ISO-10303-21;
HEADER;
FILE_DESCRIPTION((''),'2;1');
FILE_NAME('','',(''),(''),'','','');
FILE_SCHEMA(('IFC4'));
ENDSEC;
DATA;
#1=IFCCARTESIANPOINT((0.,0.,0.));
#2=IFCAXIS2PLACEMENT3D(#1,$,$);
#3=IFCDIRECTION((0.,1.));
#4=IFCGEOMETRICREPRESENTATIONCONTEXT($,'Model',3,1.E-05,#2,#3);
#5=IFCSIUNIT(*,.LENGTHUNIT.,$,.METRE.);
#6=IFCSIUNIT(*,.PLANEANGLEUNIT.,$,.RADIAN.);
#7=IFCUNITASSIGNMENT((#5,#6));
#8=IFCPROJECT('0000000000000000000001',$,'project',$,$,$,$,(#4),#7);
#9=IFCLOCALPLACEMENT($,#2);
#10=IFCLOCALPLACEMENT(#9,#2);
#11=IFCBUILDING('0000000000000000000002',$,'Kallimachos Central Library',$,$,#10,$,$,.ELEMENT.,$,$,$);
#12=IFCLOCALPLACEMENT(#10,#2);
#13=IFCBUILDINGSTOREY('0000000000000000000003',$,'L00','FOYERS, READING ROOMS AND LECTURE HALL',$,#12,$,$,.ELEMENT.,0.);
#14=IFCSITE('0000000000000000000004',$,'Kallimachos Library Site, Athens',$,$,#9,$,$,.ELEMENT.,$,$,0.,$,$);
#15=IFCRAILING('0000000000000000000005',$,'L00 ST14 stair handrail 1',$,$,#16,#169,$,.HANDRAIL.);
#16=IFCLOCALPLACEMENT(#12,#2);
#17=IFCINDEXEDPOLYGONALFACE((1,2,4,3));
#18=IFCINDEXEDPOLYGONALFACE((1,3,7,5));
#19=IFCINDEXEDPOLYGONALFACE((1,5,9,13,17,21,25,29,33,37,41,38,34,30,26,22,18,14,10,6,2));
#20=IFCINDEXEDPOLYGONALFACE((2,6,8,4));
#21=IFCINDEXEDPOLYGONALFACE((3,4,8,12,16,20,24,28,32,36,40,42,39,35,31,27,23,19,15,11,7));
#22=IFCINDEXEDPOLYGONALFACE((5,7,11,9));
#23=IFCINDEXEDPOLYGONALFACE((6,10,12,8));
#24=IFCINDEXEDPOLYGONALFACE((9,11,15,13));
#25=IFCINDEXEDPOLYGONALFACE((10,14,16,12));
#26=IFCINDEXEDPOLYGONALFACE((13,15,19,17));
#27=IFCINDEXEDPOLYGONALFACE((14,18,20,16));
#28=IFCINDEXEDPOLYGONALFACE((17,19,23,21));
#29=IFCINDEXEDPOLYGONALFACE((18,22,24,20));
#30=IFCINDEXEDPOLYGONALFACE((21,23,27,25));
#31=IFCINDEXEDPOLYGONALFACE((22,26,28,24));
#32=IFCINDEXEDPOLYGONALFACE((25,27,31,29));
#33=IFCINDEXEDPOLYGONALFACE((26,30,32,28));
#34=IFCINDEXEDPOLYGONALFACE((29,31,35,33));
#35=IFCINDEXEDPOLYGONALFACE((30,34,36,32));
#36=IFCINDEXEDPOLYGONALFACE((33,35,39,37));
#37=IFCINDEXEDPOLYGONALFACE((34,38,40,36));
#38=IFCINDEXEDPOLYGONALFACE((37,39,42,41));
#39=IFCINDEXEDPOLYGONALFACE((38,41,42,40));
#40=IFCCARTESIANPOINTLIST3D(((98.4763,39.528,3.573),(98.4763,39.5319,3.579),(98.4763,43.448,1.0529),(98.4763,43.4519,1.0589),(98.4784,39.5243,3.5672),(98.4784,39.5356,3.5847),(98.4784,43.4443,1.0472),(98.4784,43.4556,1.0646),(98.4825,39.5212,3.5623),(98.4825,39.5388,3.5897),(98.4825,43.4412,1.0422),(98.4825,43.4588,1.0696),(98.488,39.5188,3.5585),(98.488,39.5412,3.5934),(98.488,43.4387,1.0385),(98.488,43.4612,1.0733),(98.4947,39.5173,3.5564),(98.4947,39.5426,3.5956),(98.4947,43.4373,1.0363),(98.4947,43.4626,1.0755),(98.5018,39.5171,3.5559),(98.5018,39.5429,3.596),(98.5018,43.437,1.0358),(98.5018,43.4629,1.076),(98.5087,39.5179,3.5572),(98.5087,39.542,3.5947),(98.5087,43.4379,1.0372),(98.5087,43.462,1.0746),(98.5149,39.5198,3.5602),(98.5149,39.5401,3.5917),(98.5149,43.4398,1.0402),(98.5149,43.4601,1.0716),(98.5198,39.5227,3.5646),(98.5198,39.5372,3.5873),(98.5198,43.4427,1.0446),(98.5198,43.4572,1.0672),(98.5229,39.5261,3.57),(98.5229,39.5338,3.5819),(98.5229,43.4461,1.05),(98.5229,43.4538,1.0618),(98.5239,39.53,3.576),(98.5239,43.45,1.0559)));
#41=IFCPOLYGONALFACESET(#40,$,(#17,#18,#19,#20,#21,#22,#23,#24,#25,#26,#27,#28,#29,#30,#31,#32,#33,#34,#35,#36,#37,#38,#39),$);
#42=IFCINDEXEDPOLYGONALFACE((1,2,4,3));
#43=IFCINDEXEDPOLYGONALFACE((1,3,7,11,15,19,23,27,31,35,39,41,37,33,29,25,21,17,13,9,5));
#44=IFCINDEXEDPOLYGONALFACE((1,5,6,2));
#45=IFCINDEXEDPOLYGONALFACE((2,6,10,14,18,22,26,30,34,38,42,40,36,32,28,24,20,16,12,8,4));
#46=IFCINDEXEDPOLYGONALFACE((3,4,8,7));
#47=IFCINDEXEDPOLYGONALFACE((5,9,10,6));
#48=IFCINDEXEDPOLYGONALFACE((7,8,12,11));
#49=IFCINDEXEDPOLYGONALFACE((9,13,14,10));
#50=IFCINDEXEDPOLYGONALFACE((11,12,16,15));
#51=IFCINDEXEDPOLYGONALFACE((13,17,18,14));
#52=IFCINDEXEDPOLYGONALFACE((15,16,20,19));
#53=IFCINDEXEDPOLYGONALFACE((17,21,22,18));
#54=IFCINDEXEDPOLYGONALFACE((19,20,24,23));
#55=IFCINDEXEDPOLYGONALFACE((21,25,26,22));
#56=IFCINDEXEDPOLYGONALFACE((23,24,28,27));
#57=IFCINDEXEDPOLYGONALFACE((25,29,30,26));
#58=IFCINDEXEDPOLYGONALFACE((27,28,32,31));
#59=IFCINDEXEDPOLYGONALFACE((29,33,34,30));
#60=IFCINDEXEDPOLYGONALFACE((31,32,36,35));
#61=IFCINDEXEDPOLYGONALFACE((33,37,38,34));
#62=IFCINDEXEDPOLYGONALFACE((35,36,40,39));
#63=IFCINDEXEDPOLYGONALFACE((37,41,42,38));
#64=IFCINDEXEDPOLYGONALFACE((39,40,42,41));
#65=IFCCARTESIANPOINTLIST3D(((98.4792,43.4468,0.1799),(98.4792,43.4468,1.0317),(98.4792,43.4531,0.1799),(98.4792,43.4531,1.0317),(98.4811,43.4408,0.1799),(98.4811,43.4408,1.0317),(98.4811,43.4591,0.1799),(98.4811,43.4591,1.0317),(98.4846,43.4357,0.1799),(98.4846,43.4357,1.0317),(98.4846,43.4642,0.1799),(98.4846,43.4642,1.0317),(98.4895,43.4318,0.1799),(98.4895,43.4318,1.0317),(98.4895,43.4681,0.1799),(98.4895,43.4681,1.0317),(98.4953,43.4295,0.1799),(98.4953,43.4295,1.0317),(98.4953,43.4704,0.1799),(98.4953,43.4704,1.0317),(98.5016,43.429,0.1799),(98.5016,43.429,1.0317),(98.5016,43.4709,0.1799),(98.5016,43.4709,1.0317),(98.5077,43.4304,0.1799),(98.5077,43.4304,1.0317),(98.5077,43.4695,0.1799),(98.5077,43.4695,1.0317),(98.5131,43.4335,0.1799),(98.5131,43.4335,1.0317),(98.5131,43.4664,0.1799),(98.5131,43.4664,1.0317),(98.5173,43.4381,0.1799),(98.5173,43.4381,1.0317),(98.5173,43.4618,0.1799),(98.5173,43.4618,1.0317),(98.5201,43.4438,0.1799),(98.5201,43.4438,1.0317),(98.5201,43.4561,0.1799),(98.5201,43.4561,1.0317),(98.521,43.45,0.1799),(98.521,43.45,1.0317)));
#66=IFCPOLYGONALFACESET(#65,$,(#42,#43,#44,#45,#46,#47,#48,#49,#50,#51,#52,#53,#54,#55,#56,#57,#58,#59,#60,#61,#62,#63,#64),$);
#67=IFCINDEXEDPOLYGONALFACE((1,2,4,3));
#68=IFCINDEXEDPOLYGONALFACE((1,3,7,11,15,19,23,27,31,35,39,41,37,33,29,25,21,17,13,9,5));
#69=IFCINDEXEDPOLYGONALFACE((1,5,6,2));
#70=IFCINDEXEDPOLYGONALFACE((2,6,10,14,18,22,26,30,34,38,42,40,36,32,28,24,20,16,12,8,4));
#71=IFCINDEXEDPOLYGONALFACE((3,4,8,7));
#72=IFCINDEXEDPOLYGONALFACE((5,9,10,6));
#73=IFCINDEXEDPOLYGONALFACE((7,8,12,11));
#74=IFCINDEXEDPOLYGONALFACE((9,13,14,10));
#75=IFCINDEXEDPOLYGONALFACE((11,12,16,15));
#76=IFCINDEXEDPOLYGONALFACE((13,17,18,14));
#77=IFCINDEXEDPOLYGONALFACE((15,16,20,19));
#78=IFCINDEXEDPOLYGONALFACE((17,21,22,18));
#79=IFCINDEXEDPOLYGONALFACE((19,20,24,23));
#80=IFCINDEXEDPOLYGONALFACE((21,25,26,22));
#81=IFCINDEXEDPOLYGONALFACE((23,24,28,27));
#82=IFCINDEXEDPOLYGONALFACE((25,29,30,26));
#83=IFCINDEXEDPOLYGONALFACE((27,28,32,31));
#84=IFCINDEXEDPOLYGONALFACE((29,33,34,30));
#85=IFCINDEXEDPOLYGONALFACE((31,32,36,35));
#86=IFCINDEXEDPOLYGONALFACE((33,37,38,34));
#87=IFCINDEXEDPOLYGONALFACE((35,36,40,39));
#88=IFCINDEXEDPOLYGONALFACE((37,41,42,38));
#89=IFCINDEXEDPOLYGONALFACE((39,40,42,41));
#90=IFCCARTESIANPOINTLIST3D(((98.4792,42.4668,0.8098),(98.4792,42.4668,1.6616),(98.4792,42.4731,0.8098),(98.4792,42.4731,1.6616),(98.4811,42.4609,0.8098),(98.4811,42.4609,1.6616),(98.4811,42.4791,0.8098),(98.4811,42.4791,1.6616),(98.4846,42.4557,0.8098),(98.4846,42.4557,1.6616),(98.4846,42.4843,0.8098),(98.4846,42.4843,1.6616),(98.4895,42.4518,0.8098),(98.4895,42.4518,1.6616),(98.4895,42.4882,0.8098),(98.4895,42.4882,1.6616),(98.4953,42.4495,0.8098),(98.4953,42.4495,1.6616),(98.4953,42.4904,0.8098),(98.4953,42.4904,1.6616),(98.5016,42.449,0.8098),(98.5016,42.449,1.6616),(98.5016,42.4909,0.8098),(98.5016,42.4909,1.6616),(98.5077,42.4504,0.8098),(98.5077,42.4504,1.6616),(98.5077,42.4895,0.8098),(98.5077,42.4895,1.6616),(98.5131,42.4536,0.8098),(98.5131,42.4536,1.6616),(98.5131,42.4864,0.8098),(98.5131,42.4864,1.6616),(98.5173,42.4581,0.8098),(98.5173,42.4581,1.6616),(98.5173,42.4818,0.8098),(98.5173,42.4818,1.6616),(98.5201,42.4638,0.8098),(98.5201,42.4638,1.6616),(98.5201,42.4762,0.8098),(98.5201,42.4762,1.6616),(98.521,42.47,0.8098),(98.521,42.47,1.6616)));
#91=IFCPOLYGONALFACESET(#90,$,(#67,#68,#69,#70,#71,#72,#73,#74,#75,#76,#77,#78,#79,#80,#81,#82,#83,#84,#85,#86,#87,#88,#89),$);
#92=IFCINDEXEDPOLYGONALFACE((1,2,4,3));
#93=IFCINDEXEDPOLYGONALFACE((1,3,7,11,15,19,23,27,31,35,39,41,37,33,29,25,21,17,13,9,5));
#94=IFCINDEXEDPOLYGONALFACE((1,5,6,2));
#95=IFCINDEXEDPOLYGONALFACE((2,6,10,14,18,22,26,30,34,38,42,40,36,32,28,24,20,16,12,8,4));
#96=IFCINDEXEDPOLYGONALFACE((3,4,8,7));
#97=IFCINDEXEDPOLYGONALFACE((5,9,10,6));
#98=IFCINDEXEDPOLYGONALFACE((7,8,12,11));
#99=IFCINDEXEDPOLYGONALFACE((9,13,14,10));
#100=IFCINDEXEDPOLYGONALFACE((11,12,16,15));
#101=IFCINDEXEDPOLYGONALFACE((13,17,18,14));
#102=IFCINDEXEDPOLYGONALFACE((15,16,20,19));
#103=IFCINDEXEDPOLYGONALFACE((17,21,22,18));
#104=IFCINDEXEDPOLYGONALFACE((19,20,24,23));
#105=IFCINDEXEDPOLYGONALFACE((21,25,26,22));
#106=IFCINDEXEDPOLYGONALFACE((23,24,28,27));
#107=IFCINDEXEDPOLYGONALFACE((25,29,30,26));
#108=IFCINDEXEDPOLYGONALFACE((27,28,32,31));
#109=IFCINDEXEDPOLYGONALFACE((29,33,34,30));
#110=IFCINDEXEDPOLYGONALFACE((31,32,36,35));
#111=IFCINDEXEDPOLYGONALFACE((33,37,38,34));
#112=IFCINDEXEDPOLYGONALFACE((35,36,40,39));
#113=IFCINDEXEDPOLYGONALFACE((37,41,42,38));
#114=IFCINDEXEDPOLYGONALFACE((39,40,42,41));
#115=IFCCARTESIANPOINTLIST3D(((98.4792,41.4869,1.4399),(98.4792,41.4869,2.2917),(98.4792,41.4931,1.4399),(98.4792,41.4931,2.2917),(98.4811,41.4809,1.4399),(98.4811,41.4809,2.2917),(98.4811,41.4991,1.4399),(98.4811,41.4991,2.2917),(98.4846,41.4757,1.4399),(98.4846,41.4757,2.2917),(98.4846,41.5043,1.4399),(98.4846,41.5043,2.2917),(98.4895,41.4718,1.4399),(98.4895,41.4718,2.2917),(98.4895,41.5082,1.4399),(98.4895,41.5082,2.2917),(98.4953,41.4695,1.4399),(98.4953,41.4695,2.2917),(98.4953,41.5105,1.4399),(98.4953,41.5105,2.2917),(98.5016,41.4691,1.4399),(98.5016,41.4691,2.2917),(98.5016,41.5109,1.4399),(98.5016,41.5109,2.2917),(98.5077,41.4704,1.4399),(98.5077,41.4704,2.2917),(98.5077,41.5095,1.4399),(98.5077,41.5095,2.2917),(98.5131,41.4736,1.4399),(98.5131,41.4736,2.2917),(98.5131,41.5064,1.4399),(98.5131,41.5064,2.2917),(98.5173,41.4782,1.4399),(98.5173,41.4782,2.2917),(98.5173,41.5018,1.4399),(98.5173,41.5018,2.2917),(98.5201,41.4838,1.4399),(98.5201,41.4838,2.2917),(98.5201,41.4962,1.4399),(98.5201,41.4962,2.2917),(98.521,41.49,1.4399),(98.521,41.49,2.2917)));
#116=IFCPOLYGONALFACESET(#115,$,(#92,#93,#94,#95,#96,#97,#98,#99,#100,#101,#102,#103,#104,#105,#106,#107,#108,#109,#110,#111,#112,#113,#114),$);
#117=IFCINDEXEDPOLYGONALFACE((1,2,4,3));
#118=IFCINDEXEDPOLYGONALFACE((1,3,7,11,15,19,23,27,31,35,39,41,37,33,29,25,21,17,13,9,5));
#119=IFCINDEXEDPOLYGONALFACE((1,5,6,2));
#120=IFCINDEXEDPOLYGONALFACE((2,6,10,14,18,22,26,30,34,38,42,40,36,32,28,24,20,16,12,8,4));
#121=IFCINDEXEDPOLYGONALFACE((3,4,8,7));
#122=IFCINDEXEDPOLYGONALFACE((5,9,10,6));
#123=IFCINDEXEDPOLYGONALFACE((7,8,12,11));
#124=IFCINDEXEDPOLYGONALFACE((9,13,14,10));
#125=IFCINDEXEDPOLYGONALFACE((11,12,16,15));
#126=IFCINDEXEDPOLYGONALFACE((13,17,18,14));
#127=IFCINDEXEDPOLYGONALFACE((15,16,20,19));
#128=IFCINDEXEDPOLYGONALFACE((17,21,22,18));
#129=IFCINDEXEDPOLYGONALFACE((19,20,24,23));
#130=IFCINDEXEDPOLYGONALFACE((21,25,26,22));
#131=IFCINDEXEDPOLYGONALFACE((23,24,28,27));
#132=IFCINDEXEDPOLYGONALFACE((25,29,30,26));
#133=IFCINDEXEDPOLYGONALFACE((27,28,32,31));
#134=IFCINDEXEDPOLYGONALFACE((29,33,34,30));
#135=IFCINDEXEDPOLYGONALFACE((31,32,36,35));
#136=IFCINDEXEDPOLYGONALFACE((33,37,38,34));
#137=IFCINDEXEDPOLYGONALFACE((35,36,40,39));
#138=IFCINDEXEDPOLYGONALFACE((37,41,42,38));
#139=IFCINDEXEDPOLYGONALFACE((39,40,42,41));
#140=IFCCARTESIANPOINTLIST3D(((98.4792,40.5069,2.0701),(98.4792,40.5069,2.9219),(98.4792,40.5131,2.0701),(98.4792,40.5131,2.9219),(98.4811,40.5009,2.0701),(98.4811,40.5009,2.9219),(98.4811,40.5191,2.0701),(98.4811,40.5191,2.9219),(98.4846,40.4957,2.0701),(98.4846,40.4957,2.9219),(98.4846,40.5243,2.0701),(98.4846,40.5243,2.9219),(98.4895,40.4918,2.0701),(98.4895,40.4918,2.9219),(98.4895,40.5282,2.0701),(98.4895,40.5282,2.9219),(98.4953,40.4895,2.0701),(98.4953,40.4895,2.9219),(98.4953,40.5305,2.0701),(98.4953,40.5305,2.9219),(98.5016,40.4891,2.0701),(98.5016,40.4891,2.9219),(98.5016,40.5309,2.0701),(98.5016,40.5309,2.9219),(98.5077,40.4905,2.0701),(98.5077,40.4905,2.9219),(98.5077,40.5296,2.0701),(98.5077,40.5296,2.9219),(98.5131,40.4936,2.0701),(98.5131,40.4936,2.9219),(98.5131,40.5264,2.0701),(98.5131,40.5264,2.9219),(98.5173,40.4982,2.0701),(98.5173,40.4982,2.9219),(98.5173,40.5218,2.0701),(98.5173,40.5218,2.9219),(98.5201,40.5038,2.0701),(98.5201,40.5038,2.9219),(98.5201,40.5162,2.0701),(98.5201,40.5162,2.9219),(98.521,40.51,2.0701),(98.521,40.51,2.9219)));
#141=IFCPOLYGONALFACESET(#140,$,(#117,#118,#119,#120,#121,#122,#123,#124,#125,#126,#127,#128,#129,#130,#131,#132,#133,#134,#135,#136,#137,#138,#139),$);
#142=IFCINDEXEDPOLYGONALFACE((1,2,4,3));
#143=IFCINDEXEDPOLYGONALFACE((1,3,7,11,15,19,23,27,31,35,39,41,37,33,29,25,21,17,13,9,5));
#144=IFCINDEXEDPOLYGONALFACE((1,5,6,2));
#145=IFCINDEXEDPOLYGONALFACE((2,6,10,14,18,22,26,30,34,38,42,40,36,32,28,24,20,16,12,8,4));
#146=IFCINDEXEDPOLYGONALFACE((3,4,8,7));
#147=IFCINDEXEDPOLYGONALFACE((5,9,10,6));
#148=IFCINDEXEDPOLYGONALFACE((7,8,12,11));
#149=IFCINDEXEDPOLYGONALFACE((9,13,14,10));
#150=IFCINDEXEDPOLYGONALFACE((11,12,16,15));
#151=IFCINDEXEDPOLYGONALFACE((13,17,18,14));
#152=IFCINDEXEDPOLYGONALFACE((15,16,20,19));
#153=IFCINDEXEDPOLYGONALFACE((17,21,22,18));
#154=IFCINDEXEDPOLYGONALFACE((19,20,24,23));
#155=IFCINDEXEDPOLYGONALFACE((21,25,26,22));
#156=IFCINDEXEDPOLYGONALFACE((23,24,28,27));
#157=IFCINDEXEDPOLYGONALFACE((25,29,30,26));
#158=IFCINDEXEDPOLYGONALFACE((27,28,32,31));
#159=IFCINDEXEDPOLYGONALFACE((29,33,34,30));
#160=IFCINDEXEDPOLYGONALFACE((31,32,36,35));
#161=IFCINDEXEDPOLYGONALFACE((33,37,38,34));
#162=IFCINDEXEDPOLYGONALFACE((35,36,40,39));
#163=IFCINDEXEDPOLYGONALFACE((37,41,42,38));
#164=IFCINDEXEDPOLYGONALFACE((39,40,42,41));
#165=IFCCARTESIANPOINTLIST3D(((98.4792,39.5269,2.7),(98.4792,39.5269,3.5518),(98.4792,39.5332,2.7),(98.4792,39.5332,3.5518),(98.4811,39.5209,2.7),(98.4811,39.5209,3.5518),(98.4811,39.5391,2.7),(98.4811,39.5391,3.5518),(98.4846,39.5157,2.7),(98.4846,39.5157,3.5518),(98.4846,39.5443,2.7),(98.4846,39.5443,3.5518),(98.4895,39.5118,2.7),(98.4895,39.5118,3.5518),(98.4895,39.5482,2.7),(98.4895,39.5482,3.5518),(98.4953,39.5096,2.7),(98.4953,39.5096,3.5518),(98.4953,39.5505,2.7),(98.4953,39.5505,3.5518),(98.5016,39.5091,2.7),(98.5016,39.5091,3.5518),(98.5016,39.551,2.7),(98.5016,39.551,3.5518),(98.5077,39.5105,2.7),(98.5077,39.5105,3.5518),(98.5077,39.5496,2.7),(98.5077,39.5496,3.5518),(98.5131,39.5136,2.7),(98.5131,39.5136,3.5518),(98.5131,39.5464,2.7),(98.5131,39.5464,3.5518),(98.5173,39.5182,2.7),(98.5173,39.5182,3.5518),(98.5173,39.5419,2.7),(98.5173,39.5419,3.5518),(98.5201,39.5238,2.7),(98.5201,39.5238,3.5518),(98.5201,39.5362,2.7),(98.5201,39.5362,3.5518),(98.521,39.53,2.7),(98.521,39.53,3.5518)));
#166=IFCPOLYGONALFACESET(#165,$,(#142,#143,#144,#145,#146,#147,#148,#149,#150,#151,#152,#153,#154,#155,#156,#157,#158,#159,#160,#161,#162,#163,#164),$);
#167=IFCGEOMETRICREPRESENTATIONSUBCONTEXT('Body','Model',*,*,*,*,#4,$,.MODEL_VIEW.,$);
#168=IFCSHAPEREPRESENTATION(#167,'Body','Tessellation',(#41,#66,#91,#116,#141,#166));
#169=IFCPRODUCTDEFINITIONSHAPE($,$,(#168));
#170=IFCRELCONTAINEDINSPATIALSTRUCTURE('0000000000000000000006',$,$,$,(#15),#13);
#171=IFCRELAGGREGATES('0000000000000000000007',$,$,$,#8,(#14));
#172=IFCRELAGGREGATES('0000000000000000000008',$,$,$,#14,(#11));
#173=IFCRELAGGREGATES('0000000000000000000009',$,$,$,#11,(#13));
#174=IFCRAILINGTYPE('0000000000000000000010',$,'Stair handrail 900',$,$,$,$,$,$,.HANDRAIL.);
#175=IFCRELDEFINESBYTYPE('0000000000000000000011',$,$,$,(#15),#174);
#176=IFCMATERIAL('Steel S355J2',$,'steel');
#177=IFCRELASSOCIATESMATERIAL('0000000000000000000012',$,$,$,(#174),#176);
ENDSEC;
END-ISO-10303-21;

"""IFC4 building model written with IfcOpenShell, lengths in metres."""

from ifc_helpers import new_model, si_unit, direction, frame, origin, origin_2d, place, context, subcontext, project, spatial, circle, extrude, material, type_object, element, save


model = new_model("IFC4")

# Units and contexts
model_context = context("Model", 3, precision=1e-05, world=origin(), true_north=direction((0.0, 1.0)))
body_context = subcontext(model_context, "Body", "Model", "MODEL_VIEW")
ifc_project = project(units=[si_unit("LENGTHUNIT", "METRE"), si_unit("PLANEANGLEUNIT", "RADIAN")], contexts=[model_context])

# Site, building, storey
site_placement = place(None, origin())
site = spatial("IfcSite", under=ifc_project, at=site_placement, Name="Kallimachos Library Site, Athens", CompositionType="ELEMENT", RefElevation=0.0)
building_placement = place(site_placement, origin())
building = spatial("IfcBuilding", under=site, at=building_placement, Name="Kallimachos Central Library", CompositionType="ELEMENT")
storey_placement = place(building_placement, origin())
storey = spatial("IfcBuildingStorey", under=building, at=storey_placement, Name="L00", Description="FOYERS, READING ROOMS AND LECTURE HALL", CompositionType="ELEMENT", Elevation=0.0)

# Railing
ifc_material_1 = material(Name="Steel S355J2", Category="steel")
railing_type_1 = type_object("IfcRailingType", Name="Stair handrail 900", PredefinedType="HANDRAIL", material=ifc_material_1)
railing_1_placement = place(storey_placement, frame((98.5, 43.45, 0.1799)))
element("IfcRailing", 1, at=railing_1_placement, inside=storey, type_object=railing_type_1, Name="L00 ST14 stair handrail 1", PredefinedType="HANDRAIL", context=body_context, shape_type="SweptSolid", body=[
    extrude(circle(Radius=0.0239, at=origin_2d()), frame((0.0, 0.0, 0.876), z_axis=(0.0, -0.841172, 0.540768), x_axis=(1.0, 0.0, 0.0)), (0.0, 0.0, 1.0), 4.6602),
    extrude(circle(Radius=0.021, at=origin_2d()), origin(), (0.0, 0.0, 1.0), 0.8518),
    extrude(circle(Radius=0.021, at=origin_2d()), frame((0.0, -0.98, 0.6299)), (0.0, 0.0, 1.0), 0.8518),
    extrude(circle(Radius=0.021, at=origin_2d()), frame((0.0, -1.96, 1.26)), (0.0, 0.0, 1.0), 0.8518),
    extrude(circle(Radius=0.021, at=origin_2d()), frame((0.0, -2.9399, 1.8901)), (0.0, 0.0, 1.0), 0.8518),
    extrude(circle(Radius=0.021, at=origin_2d()), frame((0.0, -3.9199, 2.52)), (0.0, 0.0, 1.0), 0.8518),
])

save(model, "model.ifc")
